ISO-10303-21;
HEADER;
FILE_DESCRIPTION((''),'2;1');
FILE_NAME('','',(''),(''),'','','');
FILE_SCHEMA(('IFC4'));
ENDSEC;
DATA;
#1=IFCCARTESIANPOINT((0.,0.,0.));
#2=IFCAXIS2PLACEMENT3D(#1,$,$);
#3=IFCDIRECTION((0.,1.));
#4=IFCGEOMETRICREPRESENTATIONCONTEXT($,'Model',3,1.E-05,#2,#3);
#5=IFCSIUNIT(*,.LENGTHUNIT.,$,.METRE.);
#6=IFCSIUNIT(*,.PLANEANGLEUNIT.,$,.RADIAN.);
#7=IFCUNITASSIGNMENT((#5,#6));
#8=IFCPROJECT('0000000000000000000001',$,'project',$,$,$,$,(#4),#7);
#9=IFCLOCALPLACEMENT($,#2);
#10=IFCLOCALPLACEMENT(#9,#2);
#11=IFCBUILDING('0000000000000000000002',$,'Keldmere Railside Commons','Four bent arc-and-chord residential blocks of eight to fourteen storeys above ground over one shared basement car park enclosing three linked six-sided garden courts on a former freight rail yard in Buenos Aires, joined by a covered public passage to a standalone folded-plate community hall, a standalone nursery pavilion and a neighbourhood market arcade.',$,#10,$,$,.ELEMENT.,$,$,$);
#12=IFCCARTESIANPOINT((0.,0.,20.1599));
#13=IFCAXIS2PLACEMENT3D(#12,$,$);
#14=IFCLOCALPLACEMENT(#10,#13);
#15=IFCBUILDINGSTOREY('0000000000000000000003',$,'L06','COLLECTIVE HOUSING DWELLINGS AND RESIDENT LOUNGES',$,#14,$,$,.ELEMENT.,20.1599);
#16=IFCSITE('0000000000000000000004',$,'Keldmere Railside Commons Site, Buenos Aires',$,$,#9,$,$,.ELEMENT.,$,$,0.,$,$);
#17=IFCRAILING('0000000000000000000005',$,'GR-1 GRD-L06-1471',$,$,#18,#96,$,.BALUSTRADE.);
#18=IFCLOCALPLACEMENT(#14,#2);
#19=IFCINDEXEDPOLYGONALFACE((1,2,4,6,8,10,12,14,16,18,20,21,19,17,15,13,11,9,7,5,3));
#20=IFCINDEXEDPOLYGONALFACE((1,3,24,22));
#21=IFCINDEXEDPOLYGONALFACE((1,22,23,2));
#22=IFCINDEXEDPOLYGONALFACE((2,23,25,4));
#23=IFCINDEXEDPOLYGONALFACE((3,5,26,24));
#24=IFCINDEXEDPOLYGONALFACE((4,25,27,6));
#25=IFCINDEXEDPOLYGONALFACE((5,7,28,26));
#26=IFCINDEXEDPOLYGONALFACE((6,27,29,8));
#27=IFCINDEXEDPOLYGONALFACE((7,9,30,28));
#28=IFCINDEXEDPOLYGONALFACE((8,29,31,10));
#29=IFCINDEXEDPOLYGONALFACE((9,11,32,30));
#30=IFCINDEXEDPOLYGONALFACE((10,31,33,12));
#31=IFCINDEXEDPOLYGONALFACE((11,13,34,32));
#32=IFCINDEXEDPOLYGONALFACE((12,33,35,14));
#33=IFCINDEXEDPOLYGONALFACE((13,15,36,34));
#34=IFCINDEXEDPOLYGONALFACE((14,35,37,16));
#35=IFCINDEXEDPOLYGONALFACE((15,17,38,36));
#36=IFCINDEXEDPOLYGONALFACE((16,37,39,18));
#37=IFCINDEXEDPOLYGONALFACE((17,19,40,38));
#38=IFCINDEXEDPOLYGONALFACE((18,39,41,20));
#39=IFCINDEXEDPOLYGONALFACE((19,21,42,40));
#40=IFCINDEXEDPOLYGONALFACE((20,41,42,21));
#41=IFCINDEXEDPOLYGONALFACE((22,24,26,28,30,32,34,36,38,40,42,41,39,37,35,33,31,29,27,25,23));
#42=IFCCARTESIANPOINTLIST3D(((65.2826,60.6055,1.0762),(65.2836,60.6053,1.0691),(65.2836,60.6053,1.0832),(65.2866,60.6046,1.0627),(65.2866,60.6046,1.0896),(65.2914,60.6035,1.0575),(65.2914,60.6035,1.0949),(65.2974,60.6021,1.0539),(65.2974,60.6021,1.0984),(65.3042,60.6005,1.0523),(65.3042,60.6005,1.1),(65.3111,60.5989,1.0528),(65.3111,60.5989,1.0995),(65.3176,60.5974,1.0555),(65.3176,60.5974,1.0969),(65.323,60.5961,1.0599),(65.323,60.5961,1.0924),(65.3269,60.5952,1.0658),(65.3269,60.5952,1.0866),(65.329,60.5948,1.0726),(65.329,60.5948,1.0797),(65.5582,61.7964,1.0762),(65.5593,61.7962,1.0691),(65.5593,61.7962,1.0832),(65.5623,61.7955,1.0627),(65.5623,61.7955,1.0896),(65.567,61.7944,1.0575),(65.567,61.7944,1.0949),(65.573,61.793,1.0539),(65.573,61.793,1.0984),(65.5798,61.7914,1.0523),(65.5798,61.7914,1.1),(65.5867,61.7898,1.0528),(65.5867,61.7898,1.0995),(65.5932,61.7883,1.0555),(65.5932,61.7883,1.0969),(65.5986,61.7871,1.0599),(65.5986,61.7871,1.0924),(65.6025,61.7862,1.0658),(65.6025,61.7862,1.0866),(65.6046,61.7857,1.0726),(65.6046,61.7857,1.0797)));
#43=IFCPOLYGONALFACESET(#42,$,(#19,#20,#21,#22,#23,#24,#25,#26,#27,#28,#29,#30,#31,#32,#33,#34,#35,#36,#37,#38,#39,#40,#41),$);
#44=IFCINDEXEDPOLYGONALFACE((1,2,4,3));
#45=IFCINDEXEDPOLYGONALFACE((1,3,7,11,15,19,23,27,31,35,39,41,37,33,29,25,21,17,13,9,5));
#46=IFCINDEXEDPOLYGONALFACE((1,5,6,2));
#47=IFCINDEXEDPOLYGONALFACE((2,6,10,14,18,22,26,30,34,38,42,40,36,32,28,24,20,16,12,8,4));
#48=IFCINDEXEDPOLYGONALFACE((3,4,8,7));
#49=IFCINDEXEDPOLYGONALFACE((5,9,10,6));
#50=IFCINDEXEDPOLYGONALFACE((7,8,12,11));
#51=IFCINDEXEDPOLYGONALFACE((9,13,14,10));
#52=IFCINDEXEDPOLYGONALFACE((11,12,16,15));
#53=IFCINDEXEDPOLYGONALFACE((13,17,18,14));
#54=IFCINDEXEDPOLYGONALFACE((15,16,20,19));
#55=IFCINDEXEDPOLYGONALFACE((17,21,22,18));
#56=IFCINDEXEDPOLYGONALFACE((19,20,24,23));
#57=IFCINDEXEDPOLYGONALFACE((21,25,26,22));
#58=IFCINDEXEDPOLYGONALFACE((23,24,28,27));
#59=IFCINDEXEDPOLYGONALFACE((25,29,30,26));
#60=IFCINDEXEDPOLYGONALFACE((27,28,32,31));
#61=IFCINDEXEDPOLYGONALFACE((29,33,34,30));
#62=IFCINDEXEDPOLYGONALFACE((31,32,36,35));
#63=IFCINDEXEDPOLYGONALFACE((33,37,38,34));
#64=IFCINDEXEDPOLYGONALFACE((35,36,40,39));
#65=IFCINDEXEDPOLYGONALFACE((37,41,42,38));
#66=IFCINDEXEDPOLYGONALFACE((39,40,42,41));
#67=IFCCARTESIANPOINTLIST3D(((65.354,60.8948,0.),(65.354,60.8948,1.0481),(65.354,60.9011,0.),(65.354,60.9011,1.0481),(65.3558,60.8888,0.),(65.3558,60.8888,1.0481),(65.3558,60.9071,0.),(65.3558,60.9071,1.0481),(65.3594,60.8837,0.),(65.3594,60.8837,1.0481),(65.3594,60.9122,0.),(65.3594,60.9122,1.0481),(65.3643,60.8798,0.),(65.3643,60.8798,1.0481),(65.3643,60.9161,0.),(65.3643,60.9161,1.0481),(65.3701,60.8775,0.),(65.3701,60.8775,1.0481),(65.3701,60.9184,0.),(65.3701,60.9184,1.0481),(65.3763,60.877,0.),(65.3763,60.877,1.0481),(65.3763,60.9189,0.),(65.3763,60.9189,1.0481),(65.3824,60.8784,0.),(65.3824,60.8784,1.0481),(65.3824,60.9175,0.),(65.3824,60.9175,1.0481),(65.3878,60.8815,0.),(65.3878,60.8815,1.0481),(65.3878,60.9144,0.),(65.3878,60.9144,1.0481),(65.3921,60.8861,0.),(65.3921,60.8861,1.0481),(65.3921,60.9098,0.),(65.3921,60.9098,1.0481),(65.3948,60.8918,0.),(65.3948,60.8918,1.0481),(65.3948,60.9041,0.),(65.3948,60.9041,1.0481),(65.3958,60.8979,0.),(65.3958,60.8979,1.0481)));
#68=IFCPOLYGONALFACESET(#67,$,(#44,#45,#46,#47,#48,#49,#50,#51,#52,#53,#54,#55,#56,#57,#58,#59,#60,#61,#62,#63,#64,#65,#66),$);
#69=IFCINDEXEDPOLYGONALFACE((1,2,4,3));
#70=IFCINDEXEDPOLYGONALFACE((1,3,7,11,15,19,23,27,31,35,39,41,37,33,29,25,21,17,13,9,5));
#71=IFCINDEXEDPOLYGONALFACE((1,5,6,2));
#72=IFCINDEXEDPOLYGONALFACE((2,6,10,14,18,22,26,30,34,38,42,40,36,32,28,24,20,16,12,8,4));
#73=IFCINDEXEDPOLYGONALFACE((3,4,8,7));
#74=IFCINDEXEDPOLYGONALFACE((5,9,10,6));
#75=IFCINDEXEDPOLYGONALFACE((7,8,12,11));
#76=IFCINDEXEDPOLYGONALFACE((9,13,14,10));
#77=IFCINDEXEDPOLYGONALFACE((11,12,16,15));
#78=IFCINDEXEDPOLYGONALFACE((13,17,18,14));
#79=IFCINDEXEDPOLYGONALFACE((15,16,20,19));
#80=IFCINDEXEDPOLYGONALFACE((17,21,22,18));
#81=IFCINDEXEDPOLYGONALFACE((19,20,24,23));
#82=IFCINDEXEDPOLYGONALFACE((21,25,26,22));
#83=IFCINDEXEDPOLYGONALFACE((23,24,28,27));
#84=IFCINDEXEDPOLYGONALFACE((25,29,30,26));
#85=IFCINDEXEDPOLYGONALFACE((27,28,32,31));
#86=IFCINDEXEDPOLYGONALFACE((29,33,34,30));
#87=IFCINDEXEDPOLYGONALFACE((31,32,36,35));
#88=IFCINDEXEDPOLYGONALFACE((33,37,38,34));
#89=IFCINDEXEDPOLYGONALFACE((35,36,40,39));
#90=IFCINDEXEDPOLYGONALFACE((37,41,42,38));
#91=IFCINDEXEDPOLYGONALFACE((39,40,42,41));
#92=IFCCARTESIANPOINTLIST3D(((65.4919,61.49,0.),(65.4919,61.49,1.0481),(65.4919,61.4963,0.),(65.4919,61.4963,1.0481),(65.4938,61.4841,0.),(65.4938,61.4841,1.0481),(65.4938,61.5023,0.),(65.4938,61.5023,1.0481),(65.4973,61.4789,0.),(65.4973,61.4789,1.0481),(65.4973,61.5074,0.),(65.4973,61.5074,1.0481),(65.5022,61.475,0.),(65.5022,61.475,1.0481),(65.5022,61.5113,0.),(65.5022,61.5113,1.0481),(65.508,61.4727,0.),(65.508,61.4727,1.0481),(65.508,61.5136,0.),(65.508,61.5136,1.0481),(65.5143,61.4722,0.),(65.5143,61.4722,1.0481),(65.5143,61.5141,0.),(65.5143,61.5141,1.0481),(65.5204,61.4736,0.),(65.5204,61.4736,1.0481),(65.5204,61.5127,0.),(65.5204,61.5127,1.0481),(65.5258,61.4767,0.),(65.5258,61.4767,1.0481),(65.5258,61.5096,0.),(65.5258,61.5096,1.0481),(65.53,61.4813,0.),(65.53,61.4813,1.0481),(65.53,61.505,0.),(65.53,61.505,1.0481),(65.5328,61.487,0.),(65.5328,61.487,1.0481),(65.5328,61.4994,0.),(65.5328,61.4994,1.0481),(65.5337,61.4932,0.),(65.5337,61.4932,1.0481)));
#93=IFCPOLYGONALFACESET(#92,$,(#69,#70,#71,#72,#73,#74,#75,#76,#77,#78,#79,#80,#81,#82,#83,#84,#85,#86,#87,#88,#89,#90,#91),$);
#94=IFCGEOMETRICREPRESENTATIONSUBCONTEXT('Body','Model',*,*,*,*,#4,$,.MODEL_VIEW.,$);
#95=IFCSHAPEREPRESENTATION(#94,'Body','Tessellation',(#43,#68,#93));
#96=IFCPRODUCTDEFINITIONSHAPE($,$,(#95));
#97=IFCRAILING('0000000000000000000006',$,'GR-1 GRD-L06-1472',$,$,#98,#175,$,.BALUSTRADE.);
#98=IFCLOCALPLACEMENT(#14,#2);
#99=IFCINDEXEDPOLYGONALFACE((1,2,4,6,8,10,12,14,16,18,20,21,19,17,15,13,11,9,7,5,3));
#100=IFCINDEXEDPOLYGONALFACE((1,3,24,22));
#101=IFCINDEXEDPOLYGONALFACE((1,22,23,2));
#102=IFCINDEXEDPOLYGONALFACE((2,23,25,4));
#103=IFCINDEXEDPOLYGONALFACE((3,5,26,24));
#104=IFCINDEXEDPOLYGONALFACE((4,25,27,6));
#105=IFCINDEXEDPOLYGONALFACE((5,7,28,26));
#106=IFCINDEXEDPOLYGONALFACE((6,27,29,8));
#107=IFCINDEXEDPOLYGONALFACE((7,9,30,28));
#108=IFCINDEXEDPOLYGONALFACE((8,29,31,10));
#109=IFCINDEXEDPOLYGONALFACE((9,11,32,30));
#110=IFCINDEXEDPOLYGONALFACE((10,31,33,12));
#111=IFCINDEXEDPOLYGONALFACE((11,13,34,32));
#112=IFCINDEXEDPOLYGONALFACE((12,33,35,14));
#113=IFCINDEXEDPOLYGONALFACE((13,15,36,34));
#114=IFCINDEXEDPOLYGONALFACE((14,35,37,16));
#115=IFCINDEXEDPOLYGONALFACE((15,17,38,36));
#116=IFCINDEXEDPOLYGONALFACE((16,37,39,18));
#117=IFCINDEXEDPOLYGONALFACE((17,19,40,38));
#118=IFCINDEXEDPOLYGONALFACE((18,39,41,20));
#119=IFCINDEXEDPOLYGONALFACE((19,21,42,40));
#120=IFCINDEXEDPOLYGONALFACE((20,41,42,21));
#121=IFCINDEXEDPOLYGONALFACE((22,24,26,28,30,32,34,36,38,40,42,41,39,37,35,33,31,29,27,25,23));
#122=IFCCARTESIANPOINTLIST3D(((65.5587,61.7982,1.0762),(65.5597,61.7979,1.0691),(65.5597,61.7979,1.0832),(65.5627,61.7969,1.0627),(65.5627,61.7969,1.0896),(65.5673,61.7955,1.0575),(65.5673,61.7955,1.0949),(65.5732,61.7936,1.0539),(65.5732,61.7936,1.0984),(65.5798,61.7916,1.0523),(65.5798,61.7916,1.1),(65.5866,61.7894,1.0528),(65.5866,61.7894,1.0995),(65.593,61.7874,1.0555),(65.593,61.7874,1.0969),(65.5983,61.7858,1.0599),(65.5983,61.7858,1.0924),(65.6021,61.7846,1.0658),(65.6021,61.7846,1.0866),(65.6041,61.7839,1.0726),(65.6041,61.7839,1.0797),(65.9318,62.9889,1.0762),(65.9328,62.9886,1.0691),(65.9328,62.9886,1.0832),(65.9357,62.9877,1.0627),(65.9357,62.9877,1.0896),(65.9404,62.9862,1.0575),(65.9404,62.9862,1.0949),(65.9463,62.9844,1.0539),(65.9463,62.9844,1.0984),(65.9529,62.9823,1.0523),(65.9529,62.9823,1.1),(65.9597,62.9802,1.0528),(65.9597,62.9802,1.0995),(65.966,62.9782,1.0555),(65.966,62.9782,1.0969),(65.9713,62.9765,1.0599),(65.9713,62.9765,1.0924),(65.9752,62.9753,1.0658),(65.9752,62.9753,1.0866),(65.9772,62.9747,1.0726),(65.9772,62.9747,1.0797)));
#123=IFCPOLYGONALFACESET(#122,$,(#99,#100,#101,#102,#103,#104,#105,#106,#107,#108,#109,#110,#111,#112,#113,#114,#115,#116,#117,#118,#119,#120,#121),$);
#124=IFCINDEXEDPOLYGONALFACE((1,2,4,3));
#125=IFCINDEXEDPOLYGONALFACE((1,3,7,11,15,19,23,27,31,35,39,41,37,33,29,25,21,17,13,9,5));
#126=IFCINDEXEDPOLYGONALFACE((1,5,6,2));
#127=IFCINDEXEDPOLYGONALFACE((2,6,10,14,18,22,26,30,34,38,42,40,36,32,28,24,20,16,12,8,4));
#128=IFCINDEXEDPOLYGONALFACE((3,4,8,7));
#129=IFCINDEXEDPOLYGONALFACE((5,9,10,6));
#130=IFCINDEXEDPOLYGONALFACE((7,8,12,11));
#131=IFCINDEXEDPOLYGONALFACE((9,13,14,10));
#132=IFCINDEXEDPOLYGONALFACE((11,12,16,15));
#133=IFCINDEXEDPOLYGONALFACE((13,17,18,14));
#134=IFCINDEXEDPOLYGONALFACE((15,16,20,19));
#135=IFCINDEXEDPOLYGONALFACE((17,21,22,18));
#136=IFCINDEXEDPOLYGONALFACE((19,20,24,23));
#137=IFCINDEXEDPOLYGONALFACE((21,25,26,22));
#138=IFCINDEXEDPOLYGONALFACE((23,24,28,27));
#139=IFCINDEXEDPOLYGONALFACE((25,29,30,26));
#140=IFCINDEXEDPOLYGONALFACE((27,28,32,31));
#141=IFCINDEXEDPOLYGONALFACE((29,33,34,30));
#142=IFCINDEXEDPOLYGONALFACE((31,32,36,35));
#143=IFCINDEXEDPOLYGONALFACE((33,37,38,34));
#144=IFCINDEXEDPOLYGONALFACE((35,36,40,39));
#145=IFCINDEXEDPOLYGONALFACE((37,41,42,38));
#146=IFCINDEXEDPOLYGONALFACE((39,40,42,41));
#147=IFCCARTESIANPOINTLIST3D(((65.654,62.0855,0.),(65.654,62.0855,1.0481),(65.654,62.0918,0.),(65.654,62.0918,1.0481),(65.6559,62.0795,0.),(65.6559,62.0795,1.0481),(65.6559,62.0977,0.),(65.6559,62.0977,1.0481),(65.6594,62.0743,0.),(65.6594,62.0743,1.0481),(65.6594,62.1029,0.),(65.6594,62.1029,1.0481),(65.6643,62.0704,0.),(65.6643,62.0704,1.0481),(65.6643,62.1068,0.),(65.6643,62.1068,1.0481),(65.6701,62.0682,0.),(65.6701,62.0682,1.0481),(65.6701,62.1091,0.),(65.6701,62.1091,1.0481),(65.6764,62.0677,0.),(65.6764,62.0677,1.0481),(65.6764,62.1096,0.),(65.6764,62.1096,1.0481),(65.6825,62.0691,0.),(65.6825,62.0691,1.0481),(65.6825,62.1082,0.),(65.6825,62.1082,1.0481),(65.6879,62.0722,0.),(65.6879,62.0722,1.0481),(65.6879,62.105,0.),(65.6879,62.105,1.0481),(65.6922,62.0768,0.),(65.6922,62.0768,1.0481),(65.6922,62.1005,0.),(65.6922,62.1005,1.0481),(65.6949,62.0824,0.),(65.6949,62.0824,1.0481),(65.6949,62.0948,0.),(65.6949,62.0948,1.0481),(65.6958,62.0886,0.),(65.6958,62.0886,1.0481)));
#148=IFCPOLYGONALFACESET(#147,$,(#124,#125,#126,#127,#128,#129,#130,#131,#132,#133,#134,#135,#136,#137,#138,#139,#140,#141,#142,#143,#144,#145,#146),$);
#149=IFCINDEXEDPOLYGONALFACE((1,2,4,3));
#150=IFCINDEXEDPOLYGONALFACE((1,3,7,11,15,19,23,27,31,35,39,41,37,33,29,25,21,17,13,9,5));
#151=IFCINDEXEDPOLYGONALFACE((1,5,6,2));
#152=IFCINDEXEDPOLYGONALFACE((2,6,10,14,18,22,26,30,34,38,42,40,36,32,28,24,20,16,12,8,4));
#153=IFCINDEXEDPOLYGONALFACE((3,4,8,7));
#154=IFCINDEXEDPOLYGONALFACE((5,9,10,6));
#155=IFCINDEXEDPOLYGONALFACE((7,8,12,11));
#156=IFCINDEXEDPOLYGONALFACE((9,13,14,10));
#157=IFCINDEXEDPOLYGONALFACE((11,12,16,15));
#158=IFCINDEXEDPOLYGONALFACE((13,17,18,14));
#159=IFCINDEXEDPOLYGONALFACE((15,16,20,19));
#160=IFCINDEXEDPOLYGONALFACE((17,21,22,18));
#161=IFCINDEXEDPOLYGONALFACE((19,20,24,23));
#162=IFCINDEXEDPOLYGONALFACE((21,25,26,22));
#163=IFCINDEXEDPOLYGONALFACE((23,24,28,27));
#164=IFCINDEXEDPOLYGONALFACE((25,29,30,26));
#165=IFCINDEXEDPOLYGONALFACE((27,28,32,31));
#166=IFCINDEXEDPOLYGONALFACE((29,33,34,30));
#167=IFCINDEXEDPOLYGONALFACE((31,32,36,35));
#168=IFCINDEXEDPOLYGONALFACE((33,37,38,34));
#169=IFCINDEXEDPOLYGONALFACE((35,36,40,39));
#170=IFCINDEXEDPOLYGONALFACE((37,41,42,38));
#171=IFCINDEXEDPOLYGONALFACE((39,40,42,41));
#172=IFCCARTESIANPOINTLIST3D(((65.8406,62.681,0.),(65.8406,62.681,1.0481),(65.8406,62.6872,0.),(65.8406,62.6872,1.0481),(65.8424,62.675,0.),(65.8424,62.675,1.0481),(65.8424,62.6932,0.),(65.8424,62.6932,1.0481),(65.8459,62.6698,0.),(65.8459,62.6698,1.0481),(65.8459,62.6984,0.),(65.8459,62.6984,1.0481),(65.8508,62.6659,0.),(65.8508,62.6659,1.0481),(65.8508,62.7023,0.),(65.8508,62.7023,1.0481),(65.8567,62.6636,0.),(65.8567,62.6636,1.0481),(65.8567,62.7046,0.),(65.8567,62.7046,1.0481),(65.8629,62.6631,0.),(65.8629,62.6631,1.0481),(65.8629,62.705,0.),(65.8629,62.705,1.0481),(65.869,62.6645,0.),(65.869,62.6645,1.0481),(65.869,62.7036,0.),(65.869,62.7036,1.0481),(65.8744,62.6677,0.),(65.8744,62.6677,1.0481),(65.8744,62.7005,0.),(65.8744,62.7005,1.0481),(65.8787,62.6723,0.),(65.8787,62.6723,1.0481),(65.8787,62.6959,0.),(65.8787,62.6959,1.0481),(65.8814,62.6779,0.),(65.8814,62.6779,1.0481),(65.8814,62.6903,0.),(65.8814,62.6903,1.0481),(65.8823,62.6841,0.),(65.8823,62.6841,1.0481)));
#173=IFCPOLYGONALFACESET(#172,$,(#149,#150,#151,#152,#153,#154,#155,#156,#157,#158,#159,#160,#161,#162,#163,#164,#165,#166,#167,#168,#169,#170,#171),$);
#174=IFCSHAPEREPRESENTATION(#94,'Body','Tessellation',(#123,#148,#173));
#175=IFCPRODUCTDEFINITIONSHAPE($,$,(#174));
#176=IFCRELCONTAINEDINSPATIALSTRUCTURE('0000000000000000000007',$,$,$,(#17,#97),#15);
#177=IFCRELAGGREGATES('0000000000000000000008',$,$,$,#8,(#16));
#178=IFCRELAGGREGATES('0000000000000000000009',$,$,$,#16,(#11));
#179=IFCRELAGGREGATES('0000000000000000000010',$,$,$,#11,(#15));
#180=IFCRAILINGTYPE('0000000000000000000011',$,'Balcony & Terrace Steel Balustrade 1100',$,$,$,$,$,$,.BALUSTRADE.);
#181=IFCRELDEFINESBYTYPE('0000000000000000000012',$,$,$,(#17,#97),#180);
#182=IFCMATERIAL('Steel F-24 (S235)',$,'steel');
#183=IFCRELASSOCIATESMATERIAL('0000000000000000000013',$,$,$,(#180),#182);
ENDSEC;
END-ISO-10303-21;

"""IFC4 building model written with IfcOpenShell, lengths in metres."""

from ifc_helpers import new_model, si_unit, direction, frame, origin, origin_2d, place, context, subcontext, project, spatial, circle, extrude, material, type_object, element, save


model = new_model("IFC4")

# Units and contexts
model_context = context("Model", 3, precision=1e-05, world=origin(), true_north=direction((0.0, 1.0)))
body_context = subcontext(model_context, "Body", "Model", "MODEL_VIEW")
ifc_project = project(units=[si_unit("LENGTHUNIT", "METRE"), si_unit("PLANEANGLEUNIT", "RADIAN")], contexts=[model_context])

# Site, building, storey
site_placement = place(None, origin())
site = spatial("IfcSite", under=ifc_project, at=site_placement, Name="Keldmere Railside Commons Site, Buenos Aires", CompositionType="ELEMENT", RefElevation=0.0)
building_placement = place(site_placement, origin())
building = spatial("IfcBuilding", under=site, at=building_placement, Name="Keldmere Railside Commons", Description="Four bent arc-and-chord residential blocks of eight to fourteen storeys above ground over one shared basement car park enclosing three linked six-sided garden courts on a former freight rail yard in Buenos Aires, joined by a covered public passage to a standalone folded-plate community hall, a standalone nursery pavilion and a neighbourhood market arcade.", CompositionType="ELEMENT")
storey_placement = place(building_placement, frame((0.0, 0.0, 20.1599)))
storey = spatial("IfcBuildingStorey", under=building, at=storey_placement, Name="L06", Description="COLLECTIVE HOUSING DWELLINGS AND RESIDENT LOUNGES", CompositionType="ELEMENT", Elevation=20.1599)

# Railings
ifc_material_1 = material(Name="Steel F-24 (S235)", Category="steel")
railing_type = type_object("IfcRailingType", Name="Balcony & Terrace Steel Balustrade 1100", PredefinedType="BALUSTRADE", material=ifc_material_1)
railing_1_placement = place(storey_placement, frame((65.3059, 60.6001, 0.0)))
element("IfcRailing", 1, at=railing_1_placement, inside=storey, type_object=railing_type, Name="GR-1 GRD-L06-1471", PredefinedType="BALUSTRADE", context=body_context, shape_type="SweptSolid", body=[
    extrude(circle(Radius=0.0239, at=origin_2d()), frame((0.0, 0.0, 1.0762), z_axis=(0.225487, 0.974246, 0.0), x_axis=(-0.974246, 0.225487, 0.0)), (0.0, 0.0, 1.0), 1.2224),
    extrude(circle(Radius=0.021, at=origin_2d()), frame((0.0688, 0.2979, 0.0)), (0.0, 0.0, 1.0), 1.0481),
    extrude(circle(Radius=0.021, at=origin_2d()), frame((0.2068, 0.8931, 0.0)), (0.0, 0.0, 1.0), 1.0481),
])
railing_2_placement = place(storey_placement, frame((65.5815, 61.791, 0.0)))
element("IfcRailing", 2, at=railing_2_placement, inside=storey, type_object=railing_type, Name="GR-1 GRD-L06-1472", PredefinedType="BALUSTRADE", context=body_context, shape_type="SweptSolid", body=[
    extrude(circle(Radius=0.0239, at=origin_2d()), frame((0.0, 0.0, 1.0762), z_axis=(0.298977, 0.95426, 0.0), x_axis=(-0.95426, 0.298977, 0.0)), (0.0, 0.0, 1.0), 1.2478),
    extrude(circle(Radius=0.021, at=origin_2d()), frame((0.0933, 0.2976, 0.0)), (0.0, 0.0, 1.0), 1.0481),
    extrude(circle(Radius=0.021, at=origin_2d()), frame((0.2798, 0.8931, 0.0)), (0.0, 0.0, 1.0), 1.0481),
])

save(model, "model.ifc")
